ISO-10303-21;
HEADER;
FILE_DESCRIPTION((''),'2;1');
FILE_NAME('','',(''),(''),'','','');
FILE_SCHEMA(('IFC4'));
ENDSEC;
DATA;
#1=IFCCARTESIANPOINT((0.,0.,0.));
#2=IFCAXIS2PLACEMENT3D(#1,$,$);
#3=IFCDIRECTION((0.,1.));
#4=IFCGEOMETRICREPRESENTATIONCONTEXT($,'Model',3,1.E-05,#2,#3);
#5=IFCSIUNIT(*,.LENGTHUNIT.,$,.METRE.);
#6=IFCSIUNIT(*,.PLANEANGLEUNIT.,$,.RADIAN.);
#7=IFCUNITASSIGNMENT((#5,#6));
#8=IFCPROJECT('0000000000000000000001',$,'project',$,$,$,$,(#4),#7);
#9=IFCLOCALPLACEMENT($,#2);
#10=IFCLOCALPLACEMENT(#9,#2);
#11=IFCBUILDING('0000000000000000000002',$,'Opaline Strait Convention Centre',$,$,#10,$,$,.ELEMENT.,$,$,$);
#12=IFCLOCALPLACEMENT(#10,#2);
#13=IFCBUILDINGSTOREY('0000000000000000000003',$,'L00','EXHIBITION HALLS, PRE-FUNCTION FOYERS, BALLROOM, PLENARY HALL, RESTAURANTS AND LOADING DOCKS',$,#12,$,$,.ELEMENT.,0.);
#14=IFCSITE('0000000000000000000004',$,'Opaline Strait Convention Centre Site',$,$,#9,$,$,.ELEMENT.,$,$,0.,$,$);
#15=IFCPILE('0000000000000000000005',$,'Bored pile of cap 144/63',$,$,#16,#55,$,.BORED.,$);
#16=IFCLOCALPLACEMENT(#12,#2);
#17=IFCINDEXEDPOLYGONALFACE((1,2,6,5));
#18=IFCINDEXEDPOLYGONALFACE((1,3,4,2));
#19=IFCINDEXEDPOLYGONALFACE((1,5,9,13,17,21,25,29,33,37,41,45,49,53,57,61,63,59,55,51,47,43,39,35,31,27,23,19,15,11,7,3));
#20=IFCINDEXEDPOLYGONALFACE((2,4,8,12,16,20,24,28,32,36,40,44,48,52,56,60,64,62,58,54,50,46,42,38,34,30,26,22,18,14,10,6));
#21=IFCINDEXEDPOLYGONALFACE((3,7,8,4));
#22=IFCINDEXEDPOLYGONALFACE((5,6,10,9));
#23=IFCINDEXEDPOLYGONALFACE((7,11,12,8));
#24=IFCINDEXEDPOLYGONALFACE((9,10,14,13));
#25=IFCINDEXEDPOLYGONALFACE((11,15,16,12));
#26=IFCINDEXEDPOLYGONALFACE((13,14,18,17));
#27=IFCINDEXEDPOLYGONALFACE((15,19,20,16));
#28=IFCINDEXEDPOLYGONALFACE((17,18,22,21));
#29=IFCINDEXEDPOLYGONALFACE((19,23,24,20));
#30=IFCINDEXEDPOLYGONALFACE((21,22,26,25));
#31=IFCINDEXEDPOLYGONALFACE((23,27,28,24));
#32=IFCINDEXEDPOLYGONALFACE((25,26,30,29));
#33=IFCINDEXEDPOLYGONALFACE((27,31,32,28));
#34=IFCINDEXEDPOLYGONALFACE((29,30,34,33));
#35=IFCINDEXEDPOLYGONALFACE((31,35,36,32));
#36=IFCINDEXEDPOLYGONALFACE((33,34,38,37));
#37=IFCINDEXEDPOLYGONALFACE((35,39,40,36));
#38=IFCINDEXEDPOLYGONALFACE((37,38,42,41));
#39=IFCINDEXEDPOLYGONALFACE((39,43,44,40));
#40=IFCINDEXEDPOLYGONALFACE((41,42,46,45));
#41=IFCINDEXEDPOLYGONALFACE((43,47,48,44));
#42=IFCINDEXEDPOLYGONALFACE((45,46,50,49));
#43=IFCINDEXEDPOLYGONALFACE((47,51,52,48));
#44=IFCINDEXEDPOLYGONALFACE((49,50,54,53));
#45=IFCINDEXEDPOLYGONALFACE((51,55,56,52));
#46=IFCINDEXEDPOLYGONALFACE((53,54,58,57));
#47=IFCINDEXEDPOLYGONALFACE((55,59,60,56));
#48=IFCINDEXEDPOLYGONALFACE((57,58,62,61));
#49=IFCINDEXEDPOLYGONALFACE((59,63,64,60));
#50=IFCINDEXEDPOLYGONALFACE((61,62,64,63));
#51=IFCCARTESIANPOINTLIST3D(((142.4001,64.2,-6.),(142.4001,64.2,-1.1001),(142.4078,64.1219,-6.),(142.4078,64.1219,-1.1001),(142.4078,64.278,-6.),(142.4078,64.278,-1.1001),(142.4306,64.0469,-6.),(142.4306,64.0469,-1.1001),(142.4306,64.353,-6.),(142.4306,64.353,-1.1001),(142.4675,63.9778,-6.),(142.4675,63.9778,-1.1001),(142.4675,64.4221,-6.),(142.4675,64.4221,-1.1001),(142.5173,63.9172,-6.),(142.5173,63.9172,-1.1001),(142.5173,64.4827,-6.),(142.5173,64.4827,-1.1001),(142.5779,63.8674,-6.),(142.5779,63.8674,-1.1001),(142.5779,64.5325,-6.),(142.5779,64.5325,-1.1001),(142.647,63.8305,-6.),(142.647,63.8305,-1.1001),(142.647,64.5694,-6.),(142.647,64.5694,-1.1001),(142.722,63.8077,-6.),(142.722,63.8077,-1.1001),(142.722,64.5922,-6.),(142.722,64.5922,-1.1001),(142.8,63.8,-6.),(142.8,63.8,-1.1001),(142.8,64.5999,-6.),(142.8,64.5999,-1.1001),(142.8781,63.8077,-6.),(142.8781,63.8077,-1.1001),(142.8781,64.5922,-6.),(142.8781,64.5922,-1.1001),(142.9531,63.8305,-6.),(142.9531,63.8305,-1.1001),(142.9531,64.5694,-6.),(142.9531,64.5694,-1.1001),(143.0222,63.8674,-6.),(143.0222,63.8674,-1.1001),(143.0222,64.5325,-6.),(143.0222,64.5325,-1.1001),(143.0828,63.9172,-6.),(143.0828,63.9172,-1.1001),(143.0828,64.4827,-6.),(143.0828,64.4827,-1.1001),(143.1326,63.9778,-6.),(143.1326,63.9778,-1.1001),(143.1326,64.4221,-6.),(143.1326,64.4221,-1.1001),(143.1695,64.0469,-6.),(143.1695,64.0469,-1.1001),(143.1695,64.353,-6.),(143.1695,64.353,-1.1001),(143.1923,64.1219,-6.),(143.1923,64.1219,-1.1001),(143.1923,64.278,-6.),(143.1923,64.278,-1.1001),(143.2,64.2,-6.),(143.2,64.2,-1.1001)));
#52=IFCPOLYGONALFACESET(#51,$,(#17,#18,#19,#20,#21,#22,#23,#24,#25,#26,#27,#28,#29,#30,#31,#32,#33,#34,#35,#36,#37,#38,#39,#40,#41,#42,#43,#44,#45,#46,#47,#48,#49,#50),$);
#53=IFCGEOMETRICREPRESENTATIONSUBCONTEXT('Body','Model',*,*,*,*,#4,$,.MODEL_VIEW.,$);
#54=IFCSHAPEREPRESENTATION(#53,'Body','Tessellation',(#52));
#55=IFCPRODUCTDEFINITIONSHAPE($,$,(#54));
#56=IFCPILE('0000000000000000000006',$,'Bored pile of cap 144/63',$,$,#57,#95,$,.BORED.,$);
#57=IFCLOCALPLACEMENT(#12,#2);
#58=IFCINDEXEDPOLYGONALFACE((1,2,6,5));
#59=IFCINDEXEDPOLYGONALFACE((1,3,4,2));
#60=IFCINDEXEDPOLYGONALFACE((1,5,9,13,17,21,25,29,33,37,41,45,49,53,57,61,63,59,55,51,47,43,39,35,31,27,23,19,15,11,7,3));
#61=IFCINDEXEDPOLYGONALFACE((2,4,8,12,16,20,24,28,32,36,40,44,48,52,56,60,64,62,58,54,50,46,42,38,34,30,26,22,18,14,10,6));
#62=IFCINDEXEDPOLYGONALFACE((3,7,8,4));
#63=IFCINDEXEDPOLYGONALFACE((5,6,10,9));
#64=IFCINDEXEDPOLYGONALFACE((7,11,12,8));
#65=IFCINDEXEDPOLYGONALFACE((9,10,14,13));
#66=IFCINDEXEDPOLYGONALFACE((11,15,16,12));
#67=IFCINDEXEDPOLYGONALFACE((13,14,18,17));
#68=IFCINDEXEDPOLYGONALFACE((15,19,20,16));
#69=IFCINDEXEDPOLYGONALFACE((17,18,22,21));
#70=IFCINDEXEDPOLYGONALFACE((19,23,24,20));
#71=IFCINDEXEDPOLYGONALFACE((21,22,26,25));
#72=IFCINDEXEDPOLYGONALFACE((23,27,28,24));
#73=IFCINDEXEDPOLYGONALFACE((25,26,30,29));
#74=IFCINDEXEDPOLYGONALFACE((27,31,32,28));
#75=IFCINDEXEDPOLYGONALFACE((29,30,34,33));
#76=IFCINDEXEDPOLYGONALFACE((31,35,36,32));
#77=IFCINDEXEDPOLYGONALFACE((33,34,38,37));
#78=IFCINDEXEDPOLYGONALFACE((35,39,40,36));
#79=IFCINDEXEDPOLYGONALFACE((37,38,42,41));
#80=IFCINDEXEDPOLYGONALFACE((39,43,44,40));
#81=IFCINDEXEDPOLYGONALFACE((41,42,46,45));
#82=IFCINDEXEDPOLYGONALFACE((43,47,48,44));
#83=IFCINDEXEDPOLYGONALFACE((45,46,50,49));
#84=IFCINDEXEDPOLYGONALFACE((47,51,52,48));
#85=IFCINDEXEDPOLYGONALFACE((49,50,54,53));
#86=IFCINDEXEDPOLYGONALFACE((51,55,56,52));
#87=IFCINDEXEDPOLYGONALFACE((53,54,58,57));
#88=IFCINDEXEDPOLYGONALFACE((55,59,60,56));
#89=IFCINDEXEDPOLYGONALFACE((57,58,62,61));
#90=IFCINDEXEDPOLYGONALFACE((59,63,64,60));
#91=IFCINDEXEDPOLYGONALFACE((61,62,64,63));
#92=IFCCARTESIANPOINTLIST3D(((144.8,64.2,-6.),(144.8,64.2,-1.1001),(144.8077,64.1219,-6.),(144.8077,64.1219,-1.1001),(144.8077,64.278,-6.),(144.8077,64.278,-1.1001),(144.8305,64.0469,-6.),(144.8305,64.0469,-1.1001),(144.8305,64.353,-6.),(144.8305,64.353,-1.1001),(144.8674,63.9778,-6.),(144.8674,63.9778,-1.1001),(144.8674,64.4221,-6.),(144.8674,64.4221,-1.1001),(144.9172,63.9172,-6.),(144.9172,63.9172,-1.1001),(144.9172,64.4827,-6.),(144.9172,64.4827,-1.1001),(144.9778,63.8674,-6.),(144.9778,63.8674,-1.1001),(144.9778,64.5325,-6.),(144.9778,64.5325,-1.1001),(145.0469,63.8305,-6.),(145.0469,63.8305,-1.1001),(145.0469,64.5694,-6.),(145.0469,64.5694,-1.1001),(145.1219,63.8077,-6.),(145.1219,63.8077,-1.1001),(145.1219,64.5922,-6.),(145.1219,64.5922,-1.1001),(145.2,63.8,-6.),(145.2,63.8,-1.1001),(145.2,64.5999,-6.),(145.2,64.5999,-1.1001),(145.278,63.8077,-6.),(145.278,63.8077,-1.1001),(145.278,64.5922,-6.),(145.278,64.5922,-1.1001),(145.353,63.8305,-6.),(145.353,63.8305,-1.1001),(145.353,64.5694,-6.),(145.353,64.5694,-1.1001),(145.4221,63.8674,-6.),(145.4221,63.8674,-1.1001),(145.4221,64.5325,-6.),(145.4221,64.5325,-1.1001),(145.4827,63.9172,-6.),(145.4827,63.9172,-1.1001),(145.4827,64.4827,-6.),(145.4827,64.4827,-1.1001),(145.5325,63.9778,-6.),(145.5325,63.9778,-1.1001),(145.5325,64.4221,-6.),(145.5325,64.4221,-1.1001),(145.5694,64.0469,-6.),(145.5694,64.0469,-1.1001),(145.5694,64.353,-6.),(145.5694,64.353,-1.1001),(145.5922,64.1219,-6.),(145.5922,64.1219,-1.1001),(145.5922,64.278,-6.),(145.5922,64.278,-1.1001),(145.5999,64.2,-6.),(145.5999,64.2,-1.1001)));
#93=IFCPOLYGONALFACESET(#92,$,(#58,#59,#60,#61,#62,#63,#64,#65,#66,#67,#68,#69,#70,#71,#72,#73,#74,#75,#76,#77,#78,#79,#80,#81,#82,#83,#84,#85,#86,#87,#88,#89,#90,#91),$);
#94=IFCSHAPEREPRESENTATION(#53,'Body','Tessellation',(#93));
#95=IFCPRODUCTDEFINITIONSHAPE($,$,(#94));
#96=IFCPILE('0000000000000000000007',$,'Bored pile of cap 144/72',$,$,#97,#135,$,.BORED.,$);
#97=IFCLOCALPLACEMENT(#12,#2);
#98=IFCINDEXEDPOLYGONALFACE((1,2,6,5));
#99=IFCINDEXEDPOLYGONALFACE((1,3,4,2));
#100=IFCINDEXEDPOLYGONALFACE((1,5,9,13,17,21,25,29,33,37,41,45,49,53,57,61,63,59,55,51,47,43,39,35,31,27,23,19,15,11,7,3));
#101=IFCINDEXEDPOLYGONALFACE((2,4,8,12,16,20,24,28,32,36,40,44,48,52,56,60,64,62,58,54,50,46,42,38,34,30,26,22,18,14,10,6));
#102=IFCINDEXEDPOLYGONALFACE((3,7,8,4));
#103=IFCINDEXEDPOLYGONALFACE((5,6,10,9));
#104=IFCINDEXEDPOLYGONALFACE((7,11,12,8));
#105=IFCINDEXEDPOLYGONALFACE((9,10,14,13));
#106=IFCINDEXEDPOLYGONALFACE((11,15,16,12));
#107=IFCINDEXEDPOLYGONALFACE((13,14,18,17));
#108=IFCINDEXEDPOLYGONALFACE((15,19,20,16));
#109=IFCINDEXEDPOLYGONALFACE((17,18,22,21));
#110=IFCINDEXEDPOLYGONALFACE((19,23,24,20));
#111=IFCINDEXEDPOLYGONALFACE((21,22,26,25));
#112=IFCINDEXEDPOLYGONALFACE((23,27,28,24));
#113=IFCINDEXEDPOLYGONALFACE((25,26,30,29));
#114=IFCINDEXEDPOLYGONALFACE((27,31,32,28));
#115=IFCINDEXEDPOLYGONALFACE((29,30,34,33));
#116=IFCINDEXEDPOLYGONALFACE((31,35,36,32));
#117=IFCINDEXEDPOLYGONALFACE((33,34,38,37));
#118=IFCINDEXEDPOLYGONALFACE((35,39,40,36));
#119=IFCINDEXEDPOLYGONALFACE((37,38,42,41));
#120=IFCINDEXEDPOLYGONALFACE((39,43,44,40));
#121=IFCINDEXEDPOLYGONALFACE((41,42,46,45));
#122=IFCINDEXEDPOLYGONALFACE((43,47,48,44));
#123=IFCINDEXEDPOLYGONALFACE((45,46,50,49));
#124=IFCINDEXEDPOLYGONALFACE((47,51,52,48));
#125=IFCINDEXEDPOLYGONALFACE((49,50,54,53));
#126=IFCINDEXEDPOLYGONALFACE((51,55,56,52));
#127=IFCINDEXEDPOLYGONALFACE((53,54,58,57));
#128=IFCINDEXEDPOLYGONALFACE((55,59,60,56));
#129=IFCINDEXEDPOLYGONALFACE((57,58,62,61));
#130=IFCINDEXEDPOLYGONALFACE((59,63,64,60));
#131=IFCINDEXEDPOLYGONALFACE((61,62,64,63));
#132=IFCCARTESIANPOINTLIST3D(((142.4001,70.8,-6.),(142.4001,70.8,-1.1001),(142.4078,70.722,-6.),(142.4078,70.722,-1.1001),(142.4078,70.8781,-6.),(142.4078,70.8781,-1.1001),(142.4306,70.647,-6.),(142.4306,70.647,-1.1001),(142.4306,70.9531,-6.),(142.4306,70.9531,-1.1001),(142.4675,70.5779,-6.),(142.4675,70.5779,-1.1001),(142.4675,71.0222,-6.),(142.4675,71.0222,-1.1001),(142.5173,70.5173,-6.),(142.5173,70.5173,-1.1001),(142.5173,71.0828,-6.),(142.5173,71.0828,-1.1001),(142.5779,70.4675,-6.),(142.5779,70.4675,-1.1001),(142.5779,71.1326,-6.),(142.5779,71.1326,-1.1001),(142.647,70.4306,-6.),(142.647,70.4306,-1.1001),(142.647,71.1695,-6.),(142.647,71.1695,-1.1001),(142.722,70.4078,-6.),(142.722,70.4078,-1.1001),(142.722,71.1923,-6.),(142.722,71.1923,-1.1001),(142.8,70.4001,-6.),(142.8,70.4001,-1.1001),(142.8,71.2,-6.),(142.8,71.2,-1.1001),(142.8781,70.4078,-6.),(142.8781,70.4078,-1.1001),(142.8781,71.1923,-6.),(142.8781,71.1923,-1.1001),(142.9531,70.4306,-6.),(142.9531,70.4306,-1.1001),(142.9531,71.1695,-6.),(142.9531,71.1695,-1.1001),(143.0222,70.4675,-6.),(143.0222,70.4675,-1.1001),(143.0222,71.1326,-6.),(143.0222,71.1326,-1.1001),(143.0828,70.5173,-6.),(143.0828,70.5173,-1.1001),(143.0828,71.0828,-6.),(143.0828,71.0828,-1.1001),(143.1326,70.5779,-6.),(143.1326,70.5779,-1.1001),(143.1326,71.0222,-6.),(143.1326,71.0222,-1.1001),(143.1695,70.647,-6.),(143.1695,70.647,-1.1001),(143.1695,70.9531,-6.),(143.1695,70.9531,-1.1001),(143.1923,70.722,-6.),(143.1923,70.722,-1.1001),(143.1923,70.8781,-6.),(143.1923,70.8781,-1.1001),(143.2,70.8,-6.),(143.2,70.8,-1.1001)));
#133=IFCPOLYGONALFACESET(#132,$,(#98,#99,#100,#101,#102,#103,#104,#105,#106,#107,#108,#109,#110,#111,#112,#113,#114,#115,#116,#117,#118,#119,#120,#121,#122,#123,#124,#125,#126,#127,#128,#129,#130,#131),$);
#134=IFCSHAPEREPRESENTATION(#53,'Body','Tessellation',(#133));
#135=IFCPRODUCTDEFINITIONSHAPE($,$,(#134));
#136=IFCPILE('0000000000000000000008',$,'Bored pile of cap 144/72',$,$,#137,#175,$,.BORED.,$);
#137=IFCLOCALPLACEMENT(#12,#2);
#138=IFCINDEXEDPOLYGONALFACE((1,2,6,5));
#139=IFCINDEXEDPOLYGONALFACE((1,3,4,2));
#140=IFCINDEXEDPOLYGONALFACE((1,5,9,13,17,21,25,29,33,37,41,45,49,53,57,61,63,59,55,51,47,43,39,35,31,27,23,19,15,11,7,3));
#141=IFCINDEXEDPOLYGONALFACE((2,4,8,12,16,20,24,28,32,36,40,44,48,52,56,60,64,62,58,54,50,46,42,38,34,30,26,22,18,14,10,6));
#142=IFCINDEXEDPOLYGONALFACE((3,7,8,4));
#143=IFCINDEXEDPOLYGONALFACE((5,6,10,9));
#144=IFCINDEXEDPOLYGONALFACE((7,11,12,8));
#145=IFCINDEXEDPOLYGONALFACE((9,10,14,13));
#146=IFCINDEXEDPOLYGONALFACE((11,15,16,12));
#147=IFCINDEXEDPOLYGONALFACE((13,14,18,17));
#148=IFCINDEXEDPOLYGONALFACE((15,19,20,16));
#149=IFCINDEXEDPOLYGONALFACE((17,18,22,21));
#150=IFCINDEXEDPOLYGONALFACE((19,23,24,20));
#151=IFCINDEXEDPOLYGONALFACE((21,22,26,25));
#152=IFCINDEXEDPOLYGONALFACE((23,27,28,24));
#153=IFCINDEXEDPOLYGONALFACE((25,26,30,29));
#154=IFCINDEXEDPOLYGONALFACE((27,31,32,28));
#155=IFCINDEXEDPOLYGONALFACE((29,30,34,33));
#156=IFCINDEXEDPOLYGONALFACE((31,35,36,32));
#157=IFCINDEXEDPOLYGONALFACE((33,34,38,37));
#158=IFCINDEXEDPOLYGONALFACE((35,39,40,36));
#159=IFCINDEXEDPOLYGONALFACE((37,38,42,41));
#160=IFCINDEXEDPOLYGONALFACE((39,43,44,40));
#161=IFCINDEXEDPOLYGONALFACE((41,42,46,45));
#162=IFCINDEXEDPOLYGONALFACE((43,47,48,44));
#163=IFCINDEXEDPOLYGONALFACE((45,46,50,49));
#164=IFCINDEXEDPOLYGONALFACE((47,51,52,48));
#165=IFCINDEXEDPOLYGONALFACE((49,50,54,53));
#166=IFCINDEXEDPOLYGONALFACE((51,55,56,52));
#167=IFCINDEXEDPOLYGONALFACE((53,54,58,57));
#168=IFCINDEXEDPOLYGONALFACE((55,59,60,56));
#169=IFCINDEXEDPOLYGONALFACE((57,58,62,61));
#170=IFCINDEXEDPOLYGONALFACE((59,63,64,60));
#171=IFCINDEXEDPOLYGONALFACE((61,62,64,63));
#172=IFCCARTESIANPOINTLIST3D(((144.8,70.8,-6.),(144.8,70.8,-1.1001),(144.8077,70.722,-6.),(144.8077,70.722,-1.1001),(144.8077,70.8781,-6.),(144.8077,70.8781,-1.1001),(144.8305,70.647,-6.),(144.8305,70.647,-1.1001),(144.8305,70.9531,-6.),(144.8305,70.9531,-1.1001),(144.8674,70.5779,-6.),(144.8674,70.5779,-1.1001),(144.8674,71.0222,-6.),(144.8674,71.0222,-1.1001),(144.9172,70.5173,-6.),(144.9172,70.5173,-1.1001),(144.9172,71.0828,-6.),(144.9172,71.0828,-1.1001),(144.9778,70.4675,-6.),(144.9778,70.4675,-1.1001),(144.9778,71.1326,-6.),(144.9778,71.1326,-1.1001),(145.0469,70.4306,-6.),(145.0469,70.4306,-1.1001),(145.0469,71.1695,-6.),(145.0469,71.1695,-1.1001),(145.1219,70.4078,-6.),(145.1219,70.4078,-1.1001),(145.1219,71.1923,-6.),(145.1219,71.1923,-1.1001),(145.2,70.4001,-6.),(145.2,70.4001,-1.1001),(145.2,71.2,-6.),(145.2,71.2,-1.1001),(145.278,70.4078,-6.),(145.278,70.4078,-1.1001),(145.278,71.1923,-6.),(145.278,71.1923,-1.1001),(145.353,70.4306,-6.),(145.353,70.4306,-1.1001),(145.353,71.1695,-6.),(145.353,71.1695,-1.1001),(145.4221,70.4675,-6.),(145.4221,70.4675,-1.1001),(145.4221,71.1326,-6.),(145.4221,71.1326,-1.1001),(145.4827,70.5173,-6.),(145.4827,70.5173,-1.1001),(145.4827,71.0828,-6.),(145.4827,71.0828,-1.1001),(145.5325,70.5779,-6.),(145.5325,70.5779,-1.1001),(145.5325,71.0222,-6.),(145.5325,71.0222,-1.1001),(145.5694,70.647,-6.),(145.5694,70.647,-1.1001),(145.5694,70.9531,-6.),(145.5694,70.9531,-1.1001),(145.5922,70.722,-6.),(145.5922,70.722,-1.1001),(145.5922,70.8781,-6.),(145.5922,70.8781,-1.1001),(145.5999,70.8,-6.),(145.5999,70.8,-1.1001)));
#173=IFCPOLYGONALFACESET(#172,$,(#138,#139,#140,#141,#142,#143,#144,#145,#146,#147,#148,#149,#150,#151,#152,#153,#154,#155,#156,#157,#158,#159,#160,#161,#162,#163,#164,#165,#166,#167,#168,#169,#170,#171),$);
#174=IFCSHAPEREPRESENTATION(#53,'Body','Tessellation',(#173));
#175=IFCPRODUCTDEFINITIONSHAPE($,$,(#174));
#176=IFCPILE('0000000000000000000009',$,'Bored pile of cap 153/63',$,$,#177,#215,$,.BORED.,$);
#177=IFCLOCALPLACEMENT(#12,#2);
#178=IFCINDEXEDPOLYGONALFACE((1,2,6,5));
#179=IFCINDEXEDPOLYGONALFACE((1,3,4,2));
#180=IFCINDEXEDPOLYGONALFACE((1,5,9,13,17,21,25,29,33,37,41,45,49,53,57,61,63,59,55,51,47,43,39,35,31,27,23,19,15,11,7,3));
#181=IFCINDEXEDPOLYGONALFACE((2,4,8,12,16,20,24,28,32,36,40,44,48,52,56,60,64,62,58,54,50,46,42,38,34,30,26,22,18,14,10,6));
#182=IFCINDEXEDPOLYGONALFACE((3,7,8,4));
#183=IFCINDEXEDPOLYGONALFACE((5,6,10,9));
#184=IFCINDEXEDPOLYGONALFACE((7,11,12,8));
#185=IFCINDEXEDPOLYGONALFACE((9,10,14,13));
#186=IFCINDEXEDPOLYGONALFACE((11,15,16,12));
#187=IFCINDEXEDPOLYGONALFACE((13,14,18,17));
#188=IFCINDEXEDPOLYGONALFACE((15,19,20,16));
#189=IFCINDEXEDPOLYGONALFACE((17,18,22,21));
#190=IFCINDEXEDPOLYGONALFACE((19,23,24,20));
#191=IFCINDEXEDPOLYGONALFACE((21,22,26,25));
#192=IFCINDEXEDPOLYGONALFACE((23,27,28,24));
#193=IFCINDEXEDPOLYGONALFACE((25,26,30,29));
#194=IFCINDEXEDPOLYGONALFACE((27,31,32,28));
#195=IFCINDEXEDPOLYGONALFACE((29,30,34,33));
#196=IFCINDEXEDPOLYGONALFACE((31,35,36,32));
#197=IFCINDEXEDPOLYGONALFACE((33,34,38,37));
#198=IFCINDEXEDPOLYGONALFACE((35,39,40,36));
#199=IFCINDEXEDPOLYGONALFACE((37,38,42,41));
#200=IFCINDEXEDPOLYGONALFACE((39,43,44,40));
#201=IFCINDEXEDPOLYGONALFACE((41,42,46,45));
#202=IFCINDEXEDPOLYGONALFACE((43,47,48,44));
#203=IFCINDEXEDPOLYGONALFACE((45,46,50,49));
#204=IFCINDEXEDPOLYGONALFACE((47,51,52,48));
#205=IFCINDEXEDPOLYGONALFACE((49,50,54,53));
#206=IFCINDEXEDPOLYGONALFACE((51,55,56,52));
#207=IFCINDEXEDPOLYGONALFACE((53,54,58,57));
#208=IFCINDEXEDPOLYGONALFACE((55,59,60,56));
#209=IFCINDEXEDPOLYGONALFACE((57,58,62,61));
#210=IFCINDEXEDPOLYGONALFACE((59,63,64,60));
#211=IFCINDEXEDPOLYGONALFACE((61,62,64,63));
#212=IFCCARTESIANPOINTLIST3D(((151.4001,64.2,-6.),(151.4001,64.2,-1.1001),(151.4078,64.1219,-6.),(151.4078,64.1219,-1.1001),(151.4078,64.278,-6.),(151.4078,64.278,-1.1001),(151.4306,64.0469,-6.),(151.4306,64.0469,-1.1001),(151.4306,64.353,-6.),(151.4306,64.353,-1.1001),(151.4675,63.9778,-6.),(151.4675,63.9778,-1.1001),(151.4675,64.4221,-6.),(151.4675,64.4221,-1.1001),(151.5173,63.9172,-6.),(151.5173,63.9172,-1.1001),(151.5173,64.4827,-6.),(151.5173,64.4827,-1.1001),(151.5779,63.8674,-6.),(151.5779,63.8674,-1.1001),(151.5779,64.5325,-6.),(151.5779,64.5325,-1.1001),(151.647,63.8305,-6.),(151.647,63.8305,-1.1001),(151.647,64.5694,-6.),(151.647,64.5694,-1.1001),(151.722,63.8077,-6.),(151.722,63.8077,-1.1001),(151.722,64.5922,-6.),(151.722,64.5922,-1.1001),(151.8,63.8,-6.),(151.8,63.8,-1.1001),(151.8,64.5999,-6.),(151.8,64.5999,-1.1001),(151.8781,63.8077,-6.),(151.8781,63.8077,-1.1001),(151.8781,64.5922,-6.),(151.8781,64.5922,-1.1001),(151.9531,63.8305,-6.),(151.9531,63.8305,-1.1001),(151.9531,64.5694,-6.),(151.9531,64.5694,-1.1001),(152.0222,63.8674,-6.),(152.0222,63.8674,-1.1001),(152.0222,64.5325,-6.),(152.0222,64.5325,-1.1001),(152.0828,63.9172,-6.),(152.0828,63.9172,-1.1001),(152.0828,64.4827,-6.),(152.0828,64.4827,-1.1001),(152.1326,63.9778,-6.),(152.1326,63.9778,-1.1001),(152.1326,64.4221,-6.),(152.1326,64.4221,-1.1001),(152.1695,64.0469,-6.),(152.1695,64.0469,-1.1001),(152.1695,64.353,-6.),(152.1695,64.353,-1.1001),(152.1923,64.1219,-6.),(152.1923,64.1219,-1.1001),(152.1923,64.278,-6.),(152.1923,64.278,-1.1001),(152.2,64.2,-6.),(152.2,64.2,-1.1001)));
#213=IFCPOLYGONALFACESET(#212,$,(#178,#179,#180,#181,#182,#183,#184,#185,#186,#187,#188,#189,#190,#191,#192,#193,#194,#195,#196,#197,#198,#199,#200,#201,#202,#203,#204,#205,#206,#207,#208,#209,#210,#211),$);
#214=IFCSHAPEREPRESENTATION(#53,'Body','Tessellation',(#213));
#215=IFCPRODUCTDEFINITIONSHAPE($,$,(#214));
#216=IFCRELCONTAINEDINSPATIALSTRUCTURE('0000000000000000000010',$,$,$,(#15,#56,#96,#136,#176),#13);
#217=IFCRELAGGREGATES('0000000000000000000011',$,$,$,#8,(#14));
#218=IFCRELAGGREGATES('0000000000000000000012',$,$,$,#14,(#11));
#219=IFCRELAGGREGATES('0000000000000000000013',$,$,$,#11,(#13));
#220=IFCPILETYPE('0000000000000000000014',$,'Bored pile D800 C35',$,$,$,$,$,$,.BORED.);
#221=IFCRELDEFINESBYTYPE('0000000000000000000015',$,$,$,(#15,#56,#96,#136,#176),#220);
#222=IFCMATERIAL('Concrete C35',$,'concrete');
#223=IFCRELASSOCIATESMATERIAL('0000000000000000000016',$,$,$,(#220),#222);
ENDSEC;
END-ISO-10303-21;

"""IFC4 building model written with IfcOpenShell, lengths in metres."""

from ifc_helpers import new_model, si_unit, direction, frame, origin, origin_2d, place, context, subcontext, project, spatial, circle, extrude, material, material_profile, profile_set, type_object, element, save


model = new_model("IFC4")

# Units and contexts
model_context = context("Model", 3, precision=1e-05, world=origin(), true_north=direction((0.0, 1.0)))
body_context = subcontext(model_context, "Body", "Model", "MODEL_VIEW")
ifc_project = project(units=[si_unit("LENGTHUNIT", "METRE"), si_unit("PLANEANGLEUNIT", "RADIAN")], contexts=[model_context])

# Site, building, storey
site_placement = place(None, origin())
site = spatial("IfcSite", under=ifc_project, at=site_placement, Name="Opaline Strait Convention Centre Site", CompositionType="ELEMENT", RefElevation=0.0)
building_placement = place(site_placement, origin())
building = spatial("IfcBuilding", under=site, at=building_placement, Name="Opaline Strait Convention Centre", CompositionType="ELEMENT")
storey_placement = place(building_placement, origin())
storey = spatial("IfcBuildingStorey", under=building, at=storey_placement, Name="L00", Description="EXHIBITION HALLS, PRE-FUNCTION FOYERS, BALLROOM, PLENARY HALL, RESTAURANTS AND LOADING DOCKS", CompositionType="ELEMENT", Elevation=0.0)

# Piles
ifc_material_1 = material(Name="Concrete C35", Category="concrete")
ifc_material_profile_1 = material_profile(ifc_material_1, circle(Radius=0.3999, at=origin_2d()), Name="D800")
ifc_profile_set_1 = profile_set([ifc_material_profile_1], Name="Concrete C35")
pile_type = type_object("IfcPileType", Name="Bored pile D800 C35", PredefinedType="BORED", material=ifc_profile_set_1)
for number, where, z_axis, x_axis, name in (
    (1, (142.8, 64.2, -1.1001), (0.0, 0.0, -1.0), (1.0, 0.0, 0.0), "Bored pile of cap 144/63"),
    (2, (145.2, 64.2, -1.1001), (0.0, 0.0, -1.0), (1.0, 0.0, 0.0), "Bored pile of cap 144/63"),
    (3, (142.8, 70.8, -1.1001), (0.0, 0.0, -1.0), (1.0, 0.0, 0.0), "Bored pile of cap 144/72"),
    (4, (145.2, 70.8, -1.1001), (0.0, 0.0, -1.0), (1.0, 0.0, 0.0), "Bored pile of cap 144/72"),
    (5, (151.8, 64.2, -1.1001), (0.0, 0.0, -1.0), (1.0, 0.0, 0.0), "Bored pile of cap 153/63"),
):
    element("IfcPile", number, at=place(storey_placement, frame(where, z_axis=z_axis, x_axis=x_axis)), inside=storey, type_object=pile_type, Name=name, PredefinedType="BORED", context=body_context, shape_type="SweptSolid", body=[
        extrude(circle(Radius=0.3999, at=origin_2d()), origin(), (0.0, 0.0, 1.0), 4.8999),
    ])

save(model, "model.ifc")
